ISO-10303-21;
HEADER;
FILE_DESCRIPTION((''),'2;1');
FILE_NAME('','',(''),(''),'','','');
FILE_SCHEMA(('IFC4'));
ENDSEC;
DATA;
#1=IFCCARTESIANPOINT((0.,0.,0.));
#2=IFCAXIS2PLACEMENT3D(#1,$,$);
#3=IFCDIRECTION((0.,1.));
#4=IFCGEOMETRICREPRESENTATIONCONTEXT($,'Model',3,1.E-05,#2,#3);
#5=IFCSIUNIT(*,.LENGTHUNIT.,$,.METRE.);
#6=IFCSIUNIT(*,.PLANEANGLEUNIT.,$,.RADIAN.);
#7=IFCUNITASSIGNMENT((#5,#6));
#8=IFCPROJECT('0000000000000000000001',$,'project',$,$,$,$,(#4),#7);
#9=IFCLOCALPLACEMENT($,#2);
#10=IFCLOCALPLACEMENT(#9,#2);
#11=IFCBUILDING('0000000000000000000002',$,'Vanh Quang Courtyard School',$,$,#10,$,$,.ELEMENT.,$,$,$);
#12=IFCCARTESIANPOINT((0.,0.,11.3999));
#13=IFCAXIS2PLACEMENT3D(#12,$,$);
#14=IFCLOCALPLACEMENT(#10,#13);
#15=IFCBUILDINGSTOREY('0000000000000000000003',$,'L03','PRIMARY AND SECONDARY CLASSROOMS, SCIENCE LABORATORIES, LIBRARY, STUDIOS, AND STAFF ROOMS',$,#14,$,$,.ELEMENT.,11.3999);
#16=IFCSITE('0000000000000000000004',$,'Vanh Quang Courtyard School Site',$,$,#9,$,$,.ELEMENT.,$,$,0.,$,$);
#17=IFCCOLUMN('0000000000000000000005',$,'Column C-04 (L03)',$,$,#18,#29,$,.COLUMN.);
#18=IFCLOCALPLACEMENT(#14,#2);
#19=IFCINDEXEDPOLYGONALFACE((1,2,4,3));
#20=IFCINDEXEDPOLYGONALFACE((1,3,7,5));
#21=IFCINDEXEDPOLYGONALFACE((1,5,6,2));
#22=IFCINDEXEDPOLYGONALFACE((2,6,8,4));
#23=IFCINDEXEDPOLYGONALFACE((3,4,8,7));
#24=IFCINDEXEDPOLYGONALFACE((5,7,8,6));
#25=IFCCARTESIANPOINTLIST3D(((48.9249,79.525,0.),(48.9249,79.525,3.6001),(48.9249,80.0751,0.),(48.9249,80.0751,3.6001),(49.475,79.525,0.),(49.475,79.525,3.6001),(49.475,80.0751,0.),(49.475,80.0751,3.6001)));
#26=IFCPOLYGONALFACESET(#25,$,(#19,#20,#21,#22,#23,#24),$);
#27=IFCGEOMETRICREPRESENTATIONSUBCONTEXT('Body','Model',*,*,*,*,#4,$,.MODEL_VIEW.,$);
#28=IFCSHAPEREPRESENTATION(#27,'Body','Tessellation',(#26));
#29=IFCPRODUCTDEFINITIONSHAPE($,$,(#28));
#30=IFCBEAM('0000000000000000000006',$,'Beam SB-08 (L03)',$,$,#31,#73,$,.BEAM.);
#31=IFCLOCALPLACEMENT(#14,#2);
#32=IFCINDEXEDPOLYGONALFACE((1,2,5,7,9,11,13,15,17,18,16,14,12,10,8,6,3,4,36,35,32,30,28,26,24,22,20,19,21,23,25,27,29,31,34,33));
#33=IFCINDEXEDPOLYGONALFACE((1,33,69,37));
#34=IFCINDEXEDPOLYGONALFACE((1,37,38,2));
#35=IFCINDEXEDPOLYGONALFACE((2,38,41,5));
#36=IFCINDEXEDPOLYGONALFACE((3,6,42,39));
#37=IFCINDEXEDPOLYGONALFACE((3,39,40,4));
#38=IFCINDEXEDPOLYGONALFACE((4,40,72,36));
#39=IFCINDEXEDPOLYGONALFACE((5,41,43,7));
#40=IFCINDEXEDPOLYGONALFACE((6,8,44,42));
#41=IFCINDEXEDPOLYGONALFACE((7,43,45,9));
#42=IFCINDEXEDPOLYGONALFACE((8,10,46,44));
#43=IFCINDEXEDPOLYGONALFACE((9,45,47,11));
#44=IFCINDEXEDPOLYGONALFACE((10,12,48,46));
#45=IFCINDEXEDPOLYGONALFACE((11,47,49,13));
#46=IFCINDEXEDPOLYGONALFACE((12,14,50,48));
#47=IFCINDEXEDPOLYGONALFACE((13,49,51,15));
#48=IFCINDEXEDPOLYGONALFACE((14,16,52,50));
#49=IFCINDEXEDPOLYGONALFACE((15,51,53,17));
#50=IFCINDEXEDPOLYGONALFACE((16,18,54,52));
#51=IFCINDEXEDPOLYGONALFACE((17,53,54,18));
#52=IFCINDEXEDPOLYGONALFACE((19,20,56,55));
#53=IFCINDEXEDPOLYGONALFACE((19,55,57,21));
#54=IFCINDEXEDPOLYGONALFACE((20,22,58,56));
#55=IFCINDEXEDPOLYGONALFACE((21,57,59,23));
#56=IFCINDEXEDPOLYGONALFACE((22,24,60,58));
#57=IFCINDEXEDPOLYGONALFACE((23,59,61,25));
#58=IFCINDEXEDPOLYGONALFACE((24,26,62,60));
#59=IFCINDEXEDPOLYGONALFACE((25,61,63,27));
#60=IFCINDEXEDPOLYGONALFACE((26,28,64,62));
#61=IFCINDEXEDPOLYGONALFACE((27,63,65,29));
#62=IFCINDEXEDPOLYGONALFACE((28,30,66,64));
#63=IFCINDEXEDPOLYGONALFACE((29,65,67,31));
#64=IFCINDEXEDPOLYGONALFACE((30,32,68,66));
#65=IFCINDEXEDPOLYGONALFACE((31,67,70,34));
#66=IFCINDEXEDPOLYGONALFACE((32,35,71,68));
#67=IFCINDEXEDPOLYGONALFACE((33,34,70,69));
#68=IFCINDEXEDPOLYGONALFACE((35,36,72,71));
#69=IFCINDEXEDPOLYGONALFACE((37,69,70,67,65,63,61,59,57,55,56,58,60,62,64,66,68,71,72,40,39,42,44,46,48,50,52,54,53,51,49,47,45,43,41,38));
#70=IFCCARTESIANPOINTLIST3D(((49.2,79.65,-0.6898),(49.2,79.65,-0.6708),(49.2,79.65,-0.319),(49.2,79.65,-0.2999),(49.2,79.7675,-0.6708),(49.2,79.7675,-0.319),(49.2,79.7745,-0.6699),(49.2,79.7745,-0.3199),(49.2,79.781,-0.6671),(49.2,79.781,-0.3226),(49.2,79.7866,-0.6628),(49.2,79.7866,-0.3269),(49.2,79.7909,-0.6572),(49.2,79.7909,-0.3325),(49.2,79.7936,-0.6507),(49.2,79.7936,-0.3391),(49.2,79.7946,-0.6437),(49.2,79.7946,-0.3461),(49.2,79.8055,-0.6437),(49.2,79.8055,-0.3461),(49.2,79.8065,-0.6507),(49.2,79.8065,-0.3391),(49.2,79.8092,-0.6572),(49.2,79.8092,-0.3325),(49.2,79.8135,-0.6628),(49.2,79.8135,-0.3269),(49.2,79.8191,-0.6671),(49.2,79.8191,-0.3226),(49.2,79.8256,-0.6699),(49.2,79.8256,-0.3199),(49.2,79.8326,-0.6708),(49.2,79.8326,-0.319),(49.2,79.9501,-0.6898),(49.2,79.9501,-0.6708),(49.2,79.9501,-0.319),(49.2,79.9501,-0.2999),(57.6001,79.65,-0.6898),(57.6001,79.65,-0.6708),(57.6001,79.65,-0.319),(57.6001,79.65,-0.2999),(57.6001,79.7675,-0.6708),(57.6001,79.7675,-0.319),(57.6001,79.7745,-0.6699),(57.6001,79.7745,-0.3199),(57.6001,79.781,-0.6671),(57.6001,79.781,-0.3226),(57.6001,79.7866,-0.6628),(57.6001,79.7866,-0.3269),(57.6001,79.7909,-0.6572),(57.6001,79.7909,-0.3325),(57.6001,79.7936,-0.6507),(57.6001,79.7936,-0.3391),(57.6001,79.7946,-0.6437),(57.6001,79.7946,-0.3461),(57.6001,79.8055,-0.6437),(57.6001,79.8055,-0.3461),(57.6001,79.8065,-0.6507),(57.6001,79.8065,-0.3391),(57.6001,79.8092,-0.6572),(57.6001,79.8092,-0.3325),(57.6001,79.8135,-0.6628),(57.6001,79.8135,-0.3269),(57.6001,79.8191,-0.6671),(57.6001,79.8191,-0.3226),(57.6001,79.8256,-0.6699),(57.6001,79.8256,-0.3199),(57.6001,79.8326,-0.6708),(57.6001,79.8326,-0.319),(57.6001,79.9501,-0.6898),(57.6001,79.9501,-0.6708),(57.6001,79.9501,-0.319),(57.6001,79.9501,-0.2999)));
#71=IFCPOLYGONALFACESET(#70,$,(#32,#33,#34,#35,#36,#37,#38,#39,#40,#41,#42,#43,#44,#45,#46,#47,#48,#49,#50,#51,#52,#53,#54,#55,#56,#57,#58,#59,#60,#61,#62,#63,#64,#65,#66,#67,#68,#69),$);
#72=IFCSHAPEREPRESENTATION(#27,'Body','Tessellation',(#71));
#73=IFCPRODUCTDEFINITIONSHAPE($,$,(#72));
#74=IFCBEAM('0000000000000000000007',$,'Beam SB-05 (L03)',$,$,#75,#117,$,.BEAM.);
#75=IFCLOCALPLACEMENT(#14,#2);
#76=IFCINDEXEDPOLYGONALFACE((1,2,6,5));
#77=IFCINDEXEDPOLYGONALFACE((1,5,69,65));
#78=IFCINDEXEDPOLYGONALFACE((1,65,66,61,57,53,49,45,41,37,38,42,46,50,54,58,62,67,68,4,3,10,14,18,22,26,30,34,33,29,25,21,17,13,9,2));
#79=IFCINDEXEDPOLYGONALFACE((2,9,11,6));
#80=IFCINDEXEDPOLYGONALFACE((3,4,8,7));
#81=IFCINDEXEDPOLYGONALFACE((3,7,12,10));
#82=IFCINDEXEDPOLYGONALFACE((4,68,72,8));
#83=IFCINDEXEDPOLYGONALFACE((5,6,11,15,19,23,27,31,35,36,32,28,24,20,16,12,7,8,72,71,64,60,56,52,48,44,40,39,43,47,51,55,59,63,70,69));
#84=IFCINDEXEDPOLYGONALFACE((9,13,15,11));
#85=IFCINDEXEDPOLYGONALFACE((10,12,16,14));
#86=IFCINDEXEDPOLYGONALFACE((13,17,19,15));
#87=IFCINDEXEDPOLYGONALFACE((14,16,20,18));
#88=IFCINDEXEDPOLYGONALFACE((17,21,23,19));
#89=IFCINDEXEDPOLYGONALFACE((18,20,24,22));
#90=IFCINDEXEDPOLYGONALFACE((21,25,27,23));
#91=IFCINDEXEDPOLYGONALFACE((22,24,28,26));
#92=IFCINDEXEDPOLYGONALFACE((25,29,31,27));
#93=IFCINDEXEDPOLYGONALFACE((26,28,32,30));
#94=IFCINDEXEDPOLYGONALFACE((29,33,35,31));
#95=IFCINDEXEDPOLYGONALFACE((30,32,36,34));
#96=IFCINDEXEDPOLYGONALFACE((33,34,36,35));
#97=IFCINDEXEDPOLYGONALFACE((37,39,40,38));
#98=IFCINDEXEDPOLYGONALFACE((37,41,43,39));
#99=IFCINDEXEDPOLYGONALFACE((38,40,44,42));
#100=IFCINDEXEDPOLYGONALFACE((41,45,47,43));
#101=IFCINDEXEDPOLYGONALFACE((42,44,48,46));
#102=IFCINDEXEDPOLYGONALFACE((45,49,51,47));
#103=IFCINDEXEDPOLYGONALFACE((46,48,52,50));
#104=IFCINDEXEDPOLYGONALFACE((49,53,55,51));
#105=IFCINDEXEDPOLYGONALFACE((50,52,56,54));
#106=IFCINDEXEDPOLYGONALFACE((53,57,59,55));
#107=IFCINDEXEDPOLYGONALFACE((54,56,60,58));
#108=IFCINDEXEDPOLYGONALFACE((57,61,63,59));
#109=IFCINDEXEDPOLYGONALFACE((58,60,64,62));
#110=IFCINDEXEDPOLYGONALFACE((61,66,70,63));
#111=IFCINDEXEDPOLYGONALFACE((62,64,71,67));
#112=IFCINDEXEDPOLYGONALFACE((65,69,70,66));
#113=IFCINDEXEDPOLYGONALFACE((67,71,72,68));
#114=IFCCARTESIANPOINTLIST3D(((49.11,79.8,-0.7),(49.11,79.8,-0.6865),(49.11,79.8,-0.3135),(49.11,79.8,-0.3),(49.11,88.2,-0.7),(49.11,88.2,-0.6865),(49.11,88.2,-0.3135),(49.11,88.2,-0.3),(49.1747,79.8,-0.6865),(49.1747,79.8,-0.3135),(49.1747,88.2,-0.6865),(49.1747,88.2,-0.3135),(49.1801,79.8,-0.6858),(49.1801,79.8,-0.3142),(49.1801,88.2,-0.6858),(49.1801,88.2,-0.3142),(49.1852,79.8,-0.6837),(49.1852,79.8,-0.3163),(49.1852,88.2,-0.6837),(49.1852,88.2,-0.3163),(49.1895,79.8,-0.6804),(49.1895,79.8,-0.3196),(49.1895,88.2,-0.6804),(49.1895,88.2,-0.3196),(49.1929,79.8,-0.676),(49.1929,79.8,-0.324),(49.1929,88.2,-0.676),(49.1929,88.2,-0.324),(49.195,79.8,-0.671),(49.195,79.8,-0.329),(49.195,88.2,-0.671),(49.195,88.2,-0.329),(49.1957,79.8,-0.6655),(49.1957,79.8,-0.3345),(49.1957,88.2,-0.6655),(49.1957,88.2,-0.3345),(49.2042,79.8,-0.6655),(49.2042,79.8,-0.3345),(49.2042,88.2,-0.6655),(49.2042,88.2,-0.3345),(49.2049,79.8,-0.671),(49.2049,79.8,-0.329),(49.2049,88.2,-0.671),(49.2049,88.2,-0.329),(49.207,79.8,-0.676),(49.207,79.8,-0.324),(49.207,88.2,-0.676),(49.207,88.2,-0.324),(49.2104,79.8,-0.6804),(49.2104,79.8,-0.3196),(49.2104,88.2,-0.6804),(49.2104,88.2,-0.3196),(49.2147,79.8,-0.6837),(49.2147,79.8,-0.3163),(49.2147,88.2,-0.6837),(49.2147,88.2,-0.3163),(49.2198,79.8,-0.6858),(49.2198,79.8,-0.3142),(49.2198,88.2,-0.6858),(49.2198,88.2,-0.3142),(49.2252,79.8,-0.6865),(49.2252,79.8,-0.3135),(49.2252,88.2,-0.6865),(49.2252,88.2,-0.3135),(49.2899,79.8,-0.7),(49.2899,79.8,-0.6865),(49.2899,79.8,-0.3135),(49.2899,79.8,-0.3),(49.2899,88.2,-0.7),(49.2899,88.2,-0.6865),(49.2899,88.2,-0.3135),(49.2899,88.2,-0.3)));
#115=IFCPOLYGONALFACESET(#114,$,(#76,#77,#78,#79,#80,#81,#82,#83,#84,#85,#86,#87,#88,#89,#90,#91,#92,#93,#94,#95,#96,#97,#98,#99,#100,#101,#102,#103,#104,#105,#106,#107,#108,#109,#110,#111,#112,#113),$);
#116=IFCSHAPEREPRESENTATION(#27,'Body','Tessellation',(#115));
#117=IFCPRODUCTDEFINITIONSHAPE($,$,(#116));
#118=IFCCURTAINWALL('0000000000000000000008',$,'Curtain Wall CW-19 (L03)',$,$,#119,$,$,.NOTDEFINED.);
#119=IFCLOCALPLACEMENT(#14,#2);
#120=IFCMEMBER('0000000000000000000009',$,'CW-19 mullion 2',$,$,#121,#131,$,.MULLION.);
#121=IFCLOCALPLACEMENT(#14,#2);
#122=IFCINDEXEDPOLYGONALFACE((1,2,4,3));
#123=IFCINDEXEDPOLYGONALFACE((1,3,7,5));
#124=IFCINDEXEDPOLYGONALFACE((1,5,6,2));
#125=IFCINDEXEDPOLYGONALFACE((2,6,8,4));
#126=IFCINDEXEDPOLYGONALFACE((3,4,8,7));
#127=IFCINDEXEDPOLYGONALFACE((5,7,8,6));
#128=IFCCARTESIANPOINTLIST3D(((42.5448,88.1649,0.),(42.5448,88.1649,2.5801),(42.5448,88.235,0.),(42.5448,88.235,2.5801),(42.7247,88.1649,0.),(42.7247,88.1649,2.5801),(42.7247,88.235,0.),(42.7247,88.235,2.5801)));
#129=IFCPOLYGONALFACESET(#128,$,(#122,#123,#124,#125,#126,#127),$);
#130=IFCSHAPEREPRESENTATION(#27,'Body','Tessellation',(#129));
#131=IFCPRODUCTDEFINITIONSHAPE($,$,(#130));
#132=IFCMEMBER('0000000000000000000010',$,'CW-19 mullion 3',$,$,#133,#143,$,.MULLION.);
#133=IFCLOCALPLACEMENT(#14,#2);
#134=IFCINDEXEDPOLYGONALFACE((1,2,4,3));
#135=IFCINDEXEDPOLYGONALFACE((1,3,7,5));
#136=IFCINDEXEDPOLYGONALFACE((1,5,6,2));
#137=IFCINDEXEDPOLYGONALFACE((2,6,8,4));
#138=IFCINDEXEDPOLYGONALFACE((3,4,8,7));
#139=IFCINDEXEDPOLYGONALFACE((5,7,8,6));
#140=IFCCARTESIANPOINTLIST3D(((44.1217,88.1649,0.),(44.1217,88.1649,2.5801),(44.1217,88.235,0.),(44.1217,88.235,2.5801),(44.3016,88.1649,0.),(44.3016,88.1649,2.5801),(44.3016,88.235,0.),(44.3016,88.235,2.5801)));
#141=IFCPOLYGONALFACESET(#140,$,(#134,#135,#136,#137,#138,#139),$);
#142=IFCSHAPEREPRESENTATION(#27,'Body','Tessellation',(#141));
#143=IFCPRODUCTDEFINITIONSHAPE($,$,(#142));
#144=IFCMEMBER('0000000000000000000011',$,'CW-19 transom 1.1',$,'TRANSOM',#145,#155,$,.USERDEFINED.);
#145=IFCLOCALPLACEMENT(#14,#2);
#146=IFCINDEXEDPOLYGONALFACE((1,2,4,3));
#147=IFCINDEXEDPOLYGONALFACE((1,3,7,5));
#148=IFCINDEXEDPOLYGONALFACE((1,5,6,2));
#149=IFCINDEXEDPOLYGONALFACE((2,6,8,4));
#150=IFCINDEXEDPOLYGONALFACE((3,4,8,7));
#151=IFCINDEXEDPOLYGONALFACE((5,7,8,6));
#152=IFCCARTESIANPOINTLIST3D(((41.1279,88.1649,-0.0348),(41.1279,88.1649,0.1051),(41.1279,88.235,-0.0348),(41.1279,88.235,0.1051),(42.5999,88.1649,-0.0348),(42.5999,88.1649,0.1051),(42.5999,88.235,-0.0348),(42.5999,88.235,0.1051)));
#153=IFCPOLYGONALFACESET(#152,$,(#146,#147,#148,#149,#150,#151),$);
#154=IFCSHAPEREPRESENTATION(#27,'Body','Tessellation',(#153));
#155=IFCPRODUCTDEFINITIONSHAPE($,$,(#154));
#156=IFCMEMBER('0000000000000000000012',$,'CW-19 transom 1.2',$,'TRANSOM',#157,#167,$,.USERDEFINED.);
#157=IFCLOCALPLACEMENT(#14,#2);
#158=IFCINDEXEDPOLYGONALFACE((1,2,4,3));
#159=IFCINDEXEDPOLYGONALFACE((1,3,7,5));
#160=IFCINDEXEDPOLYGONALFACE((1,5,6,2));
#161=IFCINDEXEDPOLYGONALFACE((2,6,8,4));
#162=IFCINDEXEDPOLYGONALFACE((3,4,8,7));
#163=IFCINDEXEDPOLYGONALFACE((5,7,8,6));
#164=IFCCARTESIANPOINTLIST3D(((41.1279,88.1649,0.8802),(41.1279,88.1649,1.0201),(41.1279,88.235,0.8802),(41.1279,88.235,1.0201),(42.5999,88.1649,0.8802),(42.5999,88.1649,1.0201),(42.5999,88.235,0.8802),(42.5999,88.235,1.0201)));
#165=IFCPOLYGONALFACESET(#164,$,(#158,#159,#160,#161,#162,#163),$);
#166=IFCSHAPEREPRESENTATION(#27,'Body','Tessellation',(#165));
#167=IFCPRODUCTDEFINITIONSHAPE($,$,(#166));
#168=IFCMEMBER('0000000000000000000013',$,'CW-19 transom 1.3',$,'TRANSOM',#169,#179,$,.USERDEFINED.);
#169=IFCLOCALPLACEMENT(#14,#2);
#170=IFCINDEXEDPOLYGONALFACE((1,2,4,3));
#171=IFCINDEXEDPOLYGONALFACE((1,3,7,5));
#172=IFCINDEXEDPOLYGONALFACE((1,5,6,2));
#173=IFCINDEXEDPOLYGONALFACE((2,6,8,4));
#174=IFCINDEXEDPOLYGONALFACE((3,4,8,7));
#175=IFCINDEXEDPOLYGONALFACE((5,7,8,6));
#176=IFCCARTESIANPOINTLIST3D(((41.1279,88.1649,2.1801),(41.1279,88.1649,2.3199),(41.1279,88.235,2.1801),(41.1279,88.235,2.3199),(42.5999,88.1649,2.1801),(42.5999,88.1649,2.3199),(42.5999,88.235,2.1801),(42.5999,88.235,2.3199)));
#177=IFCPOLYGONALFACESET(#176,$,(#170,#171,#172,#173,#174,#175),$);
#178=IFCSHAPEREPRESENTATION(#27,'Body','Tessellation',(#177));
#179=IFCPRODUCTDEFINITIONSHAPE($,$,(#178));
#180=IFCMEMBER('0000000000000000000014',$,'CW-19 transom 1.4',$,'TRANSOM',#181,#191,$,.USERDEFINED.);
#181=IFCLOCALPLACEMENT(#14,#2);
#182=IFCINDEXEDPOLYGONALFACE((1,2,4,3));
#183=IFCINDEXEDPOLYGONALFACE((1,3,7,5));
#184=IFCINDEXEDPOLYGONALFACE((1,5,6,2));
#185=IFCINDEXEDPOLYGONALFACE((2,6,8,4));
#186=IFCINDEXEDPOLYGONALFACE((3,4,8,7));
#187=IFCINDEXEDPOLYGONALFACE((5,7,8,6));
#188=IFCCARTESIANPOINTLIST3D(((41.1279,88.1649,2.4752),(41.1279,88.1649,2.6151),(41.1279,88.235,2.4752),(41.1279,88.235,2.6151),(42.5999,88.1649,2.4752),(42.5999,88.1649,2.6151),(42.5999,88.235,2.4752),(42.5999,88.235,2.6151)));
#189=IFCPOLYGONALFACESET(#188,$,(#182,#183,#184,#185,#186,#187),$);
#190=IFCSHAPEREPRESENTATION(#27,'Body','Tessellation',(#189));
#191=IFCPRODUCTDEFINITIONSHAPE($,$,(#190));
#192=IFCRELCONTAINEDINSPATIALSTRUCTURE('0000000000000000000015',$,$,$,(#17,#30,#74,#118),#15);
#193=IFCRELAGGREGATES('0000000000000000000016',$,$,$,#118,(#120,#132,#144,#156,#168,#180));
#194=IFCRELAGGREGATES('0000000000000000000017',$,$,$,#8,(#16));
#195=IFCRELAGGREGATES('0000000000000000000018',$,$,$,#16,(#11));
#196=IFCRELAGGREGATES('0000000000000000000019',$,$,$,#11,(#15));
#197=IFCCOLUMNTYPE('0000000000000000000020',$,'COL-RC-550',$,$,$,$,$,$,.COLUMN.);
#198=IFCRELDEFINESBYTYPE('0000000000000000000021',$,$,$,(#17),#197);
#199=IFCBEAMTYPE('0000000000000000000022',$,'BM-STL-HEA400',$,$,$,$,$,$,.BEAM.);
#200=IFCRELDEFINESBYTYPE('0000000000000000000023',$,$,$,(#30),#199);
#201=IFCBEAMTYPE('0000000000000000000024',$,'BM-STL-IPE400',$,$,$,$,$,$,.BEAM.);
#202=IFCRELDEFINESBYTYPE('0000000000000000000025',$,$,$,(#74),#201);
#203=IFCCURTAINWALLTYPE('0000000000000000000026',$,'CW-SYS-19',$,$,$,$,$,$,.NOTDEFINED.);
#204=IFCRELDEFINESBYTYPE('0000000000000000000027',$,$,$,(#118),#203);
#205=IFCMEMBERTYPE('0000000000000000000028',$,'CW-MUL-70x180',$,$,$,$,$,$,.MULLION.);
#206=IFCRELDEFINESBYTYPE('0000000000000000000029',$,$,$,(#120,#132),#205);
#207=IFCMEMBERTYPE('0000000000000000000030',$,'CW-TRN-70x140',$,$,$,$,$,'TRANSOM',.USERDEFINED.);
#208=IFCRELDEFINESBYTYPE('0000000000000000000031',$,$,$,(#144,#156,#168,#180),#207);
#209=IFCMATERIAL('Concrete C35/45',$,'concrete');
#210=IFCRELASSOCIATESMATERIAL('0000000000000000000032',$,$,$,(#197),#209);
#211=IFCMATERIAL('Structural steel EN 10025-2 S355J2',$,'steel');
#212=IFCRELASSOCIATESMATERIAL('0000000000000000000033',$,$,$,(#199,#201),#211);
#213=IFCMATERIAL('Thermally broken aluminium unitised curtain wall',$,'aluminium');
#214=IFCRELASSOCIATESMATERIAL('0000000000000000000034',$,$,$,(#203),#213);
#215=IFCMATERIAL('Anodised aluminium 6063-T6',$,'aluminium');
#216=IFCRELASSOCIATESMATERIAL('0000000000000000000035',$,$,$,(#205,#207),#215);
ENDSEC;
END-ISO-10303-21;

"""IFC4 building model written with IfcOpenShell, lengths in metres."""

from ifc_helpers import new_model, si_unit, direction, frame, origin, origin_2d, place, context, subcontext, project, spatial, rectangle, i_section, extrude, material, material_profile, profile_set, type_object, element, aggregate, save


model = new_model("IFC4")

# Units and contexts
model_context = context("Model", 3, precision=1e-05, world=origin(), true_north=direction((0.0, 1.0)))
body_context = subcontext(model_context, "Body", "Model", "MODEL_VIEW")
ifc_project = project(units=[si_unit("LENGTHUNIT", "METRE"), si_unit("PLANEANGLEUNIT", "RADIAN")], contexts=[model_context])

# Site, building, storey
site_placement = place(None, origin())
site = spatial("IfcSite", under=ifc_project, at=site_placement, Name="Vanh Quang Courtyard School Site", CompositionType="ELEMENT", RefElevation=0.0)
building_placement = place(site_placement, origin())
building = spatial("IfcBuilding", under=site, at=building_placement, Name="Vanh Quang Courtyard School", CompositionType="ELEMENT")
storey_placement = place(building_placement, frame((0.0, 0.0, 11.3999)))
storey = spatial("IfcBuildingStorey", under=building, at=storey_placement, Name="L03", Description="PRIMARY AND SECONDARY CLASSROOMS, SCIENCE LABORATORIES, LIBRARY, STUDIOS, AND STAFF ROOMS", CompositionType="ELEMENT", Elevation=11.3999)

# Column
ifc_material_1 = material(Name="Concrete C35/45", Category="concrete")
ifc_material_profile_1 = material_profile(ifc_material_1, rectangle(XDim=0.55, YDim=0.55, at=origin_2d()), Name="RC-COL 550x550")
ifc_profile_set_1 = profile_set([ifc_material_profile_1], Name="Concrete C35/45")
column_type = type_object("IfcColumnType", Name="COL-RC-550", PredefinedType="COLUMN", material=ifc_profile_set_1)
column_placement = place(storey_placement, frame((49.2, 79.8, 0.0), z_axis=(0.0, 0.0, 1.0), x_axis=(1.0, 0.0, 0.0)))
element("IfcColumn", 1, at=column_placement, inside=storey, type_object=column_type, Name="Column C-04 (L03)", PredefinedType="COLUMN", context=body_context, shape_type="SweptSolid", body=[
    extrude(rectangle(XDim=0.55, YDim=0.55, at=origin_2d()), origin(), (0.0, 0.0, 1.0), 3.6001),
])

# Beams
ifc_material_2 = material(Name="Structural steel EN 10025-2 S355J2", Category="steel")
ifc_material_profile_2 = material_profile(ifc_material_2, i_section(OverallWidth=0.3, OverallDepth=0.3899, WebThickness=0.011, FlangeThickness=0.019, FilletRadius=0.0271, at=origin_2d()), Name="HEA 400")
ifc_profile_set_2 = profile_set([ifc_material_profile_2], Name="Structural steel EN 10025-2 S355J2")
beam_type_1 = type_object("IfcBeamType", Name="BM-STL-HEA400", PredefinedType="BEAM", material=ifc_profile_set_2)
beam_1_placement = place(storey_placement, frame((49.2, 79.8, -0.4949), z_axis=(1.0, 0.0, 0.0), x_axis=(0.0, 1.0, 0.0)))
element("IfcBeam", 2, at=beam_1_placement, inside=storey, type_object=beam_type_1, Name="Beam SB-08 (L03)", PredefinedType="BEAM", context=body_context, shape_type="SweptSolid", body=[
    extrude(i_section(OverallWidth=0.3, OverallDepth=0.3899, WebThickness=0.011, FlangeThickness=0.019, FilletRadius=0.0271, at=origin_2d()), origin(), (0.0, 0.0, 1.0), 8.4001),
])
ifc_material_profile_3 = material_profile(ifc_material_2, i_section(OverallWidth=0.1799, OverallDepth=0.3999, WebThickness=0.0085, FlangeThickness=0.0134, FilletRadius=0.021, at=origin_2d()), Name="IPE 400")
ifc_profile_set_3 = profile_set([ifc_material_profile_3], Name="Structural steel EN 10025-2 S355J2")
beam_type_2 = type_object("IfcBeamType", Name="BM-STL-IPE400", PredefinedType="BEAM", material=ifc_profile_set_3)
beam_2_placement = place(storey_placement, frame((49.2, 79.8, -0.5), z_axis=(0.0, 1.0, 0.0), x_axis=(-1.0, 0.0, 0.0)))
element("IfcBeam", 3, at=beam_2_placement, inside=storey, type_object=beam_type_2, Name="Beam SB-05 (L03)", PredefinedType="BEAM", context=body_context, shape_type="SweptSolid", body=[
    extrude(i_section(OverallWidth=0.1799, OverallDepth=0.3999, WebThickness=0.0085, FlangeThickness=0.0134, FilletRadius=0.021, at=origin_2d()), origin(), (0.0, 0.0, 1.0), 8.3999),
])

# Curtain wall, members
ifc_material_3 = material(Name="Thermally broken aluminium unitised curtain wall", Category="aluminium")
curtain_wall_type = type_object("IfcCurtainWallType", Name="CW-SYS-19", PredefinedType="NOTDEFINED", material=ifc_material_3)
curtain_wall_placement = place(storey_placement, origin())
curtain_wall = element("IfcCurtainWall", 4, at=curtain_wall_placement, inside=storey, type_object=curtain_wall_type, Name="Curtain Wall CW-19 (L03)", PredefinedType="NOTDEFINED")
ifc_material_4 = material(Name="Anodised aluminium 6063-T6", Category="aluminium")
ifc_material_profile_4 = material_profile(ifc_material_4, rectangle(XDim=0.0701, YDim=0.1799, at=origin_2d()), Name="ALU-MUL 70x180")
ifc_profile_set_4 = profile_set([ifc_material_profile_4], Name="Anodised aluminium 6063-T6")
member_type_1 = type_object("IfcMemberType", Name="CW-MUL-70x180", PredefinedType="MULLION", material=ifc_profile_set_4)
member_1_placement = place(storey_placement, frame((42.6348, 88.2, 0.0), z_axis=(0.0, 0.0, 1.0), x_axis=(0.0, 1.0, 0.0)))
member_1 = element("IfcMember", 5, at=member_1_placement, type_object=member_type_1, Name="CW-19 mullion 2", PredefinedType="MULLION", context=body_context, shape_type="SweptSolid", body=[
    extrude(rectangle(XDim=0.0701, YDim=0.1799, at=origin_2d()), origin(), (0.0, 0.0, 1.0), 2.5801),
])
member_2_placement = place(storey_placement, frame((44.2117, 88.2, 0.0), z_axis=(0.0, 0.0, 1.0), x_axis=(0.0, 1.0, 0.0)))
member_2 = element("IfcMember", 6, at=member_2_placement, type_object=member_type_1, Name="CW-19 mullion 3", PredefinedType="MULLION", context=body_context, shape_type="SweptSolid", body=[
    extrude(rectangle(XDim=0.0701, YDim=0.1799, at=origin_2d()), origin(), (0.0, 0.0, 1.0), 2.5801),
])
ifc_material_profile_5 = material_profile(ifc_material_4, rectangle(XDim=0.0701, YDim=0.1399, at=origin_2d()), Name="ALU-TRN 70x140")
ifc_profile_set_5 = profile_set([ifc_material_profile_5], Name="Anodised aluminium 6063-T6")
member_type_2 = type_object("IfcMemberType", Name="CW-TRN-70x140", ElementType="TRANSOM", PredefinedType="USERDEFINED", material=ifc_profile_set_5)
member_3_placement = place(storey_placement, frame((41.1279, 88.2, 0.0352), z_axis=(1.0, 0.0, 0.0), x_axis=(0.0, 1.0, 0.0)))
member_3 = element("IfcMember", 7, at=member_3_placement, type_object=member_type_2, Name="CW-19 transom 1.1", ObjectType="TRANSOM", PredefinedType="USERDEFINED", context=body_context, shape_type="SweptSolid", body=[
    extrude(rectangle(XDim=0.0701, YDim=0.1399, at=origin_2d()), origin(), (0.0, 0.0, 1.0), 1.4719),
])
member_4_placement = place(storey_placement, frame((41.1279, 88.2, 0.9502), z_axis=(1.0, 0.0, 0.0), x_axis=(0.0, 1.0, 0.0)))
member_4 = element("IfcMember", 8, at=member_4_placement, type_object=member_type_2, Name="CW-19 transom 1.2", ObjectType="TRANSOM", PredefinedType="USERDEFINED", context=body_context, shape_type="SweptSolid", body=[
    extrude(rectangle(XDim=0.0701, YDim=0.1399, at=origin_2d()), origin(), (0.0, 0.0, 1.0), 1.4719),
])
member_5_placement = place(storey_placement, frame((41.1279, 88.2, 2.25), z_axis=(1.0, 0.0, 0.0), x_axis=(0.0, 1.0, 0.0)))
member_5 = element("IfcMember", 9, at=member_5_placement, type_object=member_type_2, Name="CW-19 transom 1.3", ObjectType="TRANSOM", PredefinedType="USERDEFINED", context=body_context, shape_type="SweptSolid", body=[
    extrude(rectangle(XDim=0.0701, YDim=0.1399, at=origin_2d()), origin(), (0.0, 0.0, 1.0), 1.4719),
])
member_6_placement = place(storey_placement, frame((41.1279, 88.2, 2.5452), z_axis=(1.0, 0.0, 0.0), x_axis=(0.0, 1.0, 0.0)))
member_6 = element("IfcMember", 10, at=member_6_placement, type_object=member_type_2, Name="CW-19 transom 1.4", ObjectType="TRANSOM", PredefinedType="USERDEFINED", context=body_context, shape_type="SweptSolid", body=[
    extrude(rectangle(XDim=0.0701, YDim=0.1399, at=origin_2d()), origin(), (0.0, 0.0, 1.0), 1.4719),
])

aggregate(curtain_wall, [member_1, member_2, member_3, member_4, member_5, member_6])

save(model, "model.ifc")
